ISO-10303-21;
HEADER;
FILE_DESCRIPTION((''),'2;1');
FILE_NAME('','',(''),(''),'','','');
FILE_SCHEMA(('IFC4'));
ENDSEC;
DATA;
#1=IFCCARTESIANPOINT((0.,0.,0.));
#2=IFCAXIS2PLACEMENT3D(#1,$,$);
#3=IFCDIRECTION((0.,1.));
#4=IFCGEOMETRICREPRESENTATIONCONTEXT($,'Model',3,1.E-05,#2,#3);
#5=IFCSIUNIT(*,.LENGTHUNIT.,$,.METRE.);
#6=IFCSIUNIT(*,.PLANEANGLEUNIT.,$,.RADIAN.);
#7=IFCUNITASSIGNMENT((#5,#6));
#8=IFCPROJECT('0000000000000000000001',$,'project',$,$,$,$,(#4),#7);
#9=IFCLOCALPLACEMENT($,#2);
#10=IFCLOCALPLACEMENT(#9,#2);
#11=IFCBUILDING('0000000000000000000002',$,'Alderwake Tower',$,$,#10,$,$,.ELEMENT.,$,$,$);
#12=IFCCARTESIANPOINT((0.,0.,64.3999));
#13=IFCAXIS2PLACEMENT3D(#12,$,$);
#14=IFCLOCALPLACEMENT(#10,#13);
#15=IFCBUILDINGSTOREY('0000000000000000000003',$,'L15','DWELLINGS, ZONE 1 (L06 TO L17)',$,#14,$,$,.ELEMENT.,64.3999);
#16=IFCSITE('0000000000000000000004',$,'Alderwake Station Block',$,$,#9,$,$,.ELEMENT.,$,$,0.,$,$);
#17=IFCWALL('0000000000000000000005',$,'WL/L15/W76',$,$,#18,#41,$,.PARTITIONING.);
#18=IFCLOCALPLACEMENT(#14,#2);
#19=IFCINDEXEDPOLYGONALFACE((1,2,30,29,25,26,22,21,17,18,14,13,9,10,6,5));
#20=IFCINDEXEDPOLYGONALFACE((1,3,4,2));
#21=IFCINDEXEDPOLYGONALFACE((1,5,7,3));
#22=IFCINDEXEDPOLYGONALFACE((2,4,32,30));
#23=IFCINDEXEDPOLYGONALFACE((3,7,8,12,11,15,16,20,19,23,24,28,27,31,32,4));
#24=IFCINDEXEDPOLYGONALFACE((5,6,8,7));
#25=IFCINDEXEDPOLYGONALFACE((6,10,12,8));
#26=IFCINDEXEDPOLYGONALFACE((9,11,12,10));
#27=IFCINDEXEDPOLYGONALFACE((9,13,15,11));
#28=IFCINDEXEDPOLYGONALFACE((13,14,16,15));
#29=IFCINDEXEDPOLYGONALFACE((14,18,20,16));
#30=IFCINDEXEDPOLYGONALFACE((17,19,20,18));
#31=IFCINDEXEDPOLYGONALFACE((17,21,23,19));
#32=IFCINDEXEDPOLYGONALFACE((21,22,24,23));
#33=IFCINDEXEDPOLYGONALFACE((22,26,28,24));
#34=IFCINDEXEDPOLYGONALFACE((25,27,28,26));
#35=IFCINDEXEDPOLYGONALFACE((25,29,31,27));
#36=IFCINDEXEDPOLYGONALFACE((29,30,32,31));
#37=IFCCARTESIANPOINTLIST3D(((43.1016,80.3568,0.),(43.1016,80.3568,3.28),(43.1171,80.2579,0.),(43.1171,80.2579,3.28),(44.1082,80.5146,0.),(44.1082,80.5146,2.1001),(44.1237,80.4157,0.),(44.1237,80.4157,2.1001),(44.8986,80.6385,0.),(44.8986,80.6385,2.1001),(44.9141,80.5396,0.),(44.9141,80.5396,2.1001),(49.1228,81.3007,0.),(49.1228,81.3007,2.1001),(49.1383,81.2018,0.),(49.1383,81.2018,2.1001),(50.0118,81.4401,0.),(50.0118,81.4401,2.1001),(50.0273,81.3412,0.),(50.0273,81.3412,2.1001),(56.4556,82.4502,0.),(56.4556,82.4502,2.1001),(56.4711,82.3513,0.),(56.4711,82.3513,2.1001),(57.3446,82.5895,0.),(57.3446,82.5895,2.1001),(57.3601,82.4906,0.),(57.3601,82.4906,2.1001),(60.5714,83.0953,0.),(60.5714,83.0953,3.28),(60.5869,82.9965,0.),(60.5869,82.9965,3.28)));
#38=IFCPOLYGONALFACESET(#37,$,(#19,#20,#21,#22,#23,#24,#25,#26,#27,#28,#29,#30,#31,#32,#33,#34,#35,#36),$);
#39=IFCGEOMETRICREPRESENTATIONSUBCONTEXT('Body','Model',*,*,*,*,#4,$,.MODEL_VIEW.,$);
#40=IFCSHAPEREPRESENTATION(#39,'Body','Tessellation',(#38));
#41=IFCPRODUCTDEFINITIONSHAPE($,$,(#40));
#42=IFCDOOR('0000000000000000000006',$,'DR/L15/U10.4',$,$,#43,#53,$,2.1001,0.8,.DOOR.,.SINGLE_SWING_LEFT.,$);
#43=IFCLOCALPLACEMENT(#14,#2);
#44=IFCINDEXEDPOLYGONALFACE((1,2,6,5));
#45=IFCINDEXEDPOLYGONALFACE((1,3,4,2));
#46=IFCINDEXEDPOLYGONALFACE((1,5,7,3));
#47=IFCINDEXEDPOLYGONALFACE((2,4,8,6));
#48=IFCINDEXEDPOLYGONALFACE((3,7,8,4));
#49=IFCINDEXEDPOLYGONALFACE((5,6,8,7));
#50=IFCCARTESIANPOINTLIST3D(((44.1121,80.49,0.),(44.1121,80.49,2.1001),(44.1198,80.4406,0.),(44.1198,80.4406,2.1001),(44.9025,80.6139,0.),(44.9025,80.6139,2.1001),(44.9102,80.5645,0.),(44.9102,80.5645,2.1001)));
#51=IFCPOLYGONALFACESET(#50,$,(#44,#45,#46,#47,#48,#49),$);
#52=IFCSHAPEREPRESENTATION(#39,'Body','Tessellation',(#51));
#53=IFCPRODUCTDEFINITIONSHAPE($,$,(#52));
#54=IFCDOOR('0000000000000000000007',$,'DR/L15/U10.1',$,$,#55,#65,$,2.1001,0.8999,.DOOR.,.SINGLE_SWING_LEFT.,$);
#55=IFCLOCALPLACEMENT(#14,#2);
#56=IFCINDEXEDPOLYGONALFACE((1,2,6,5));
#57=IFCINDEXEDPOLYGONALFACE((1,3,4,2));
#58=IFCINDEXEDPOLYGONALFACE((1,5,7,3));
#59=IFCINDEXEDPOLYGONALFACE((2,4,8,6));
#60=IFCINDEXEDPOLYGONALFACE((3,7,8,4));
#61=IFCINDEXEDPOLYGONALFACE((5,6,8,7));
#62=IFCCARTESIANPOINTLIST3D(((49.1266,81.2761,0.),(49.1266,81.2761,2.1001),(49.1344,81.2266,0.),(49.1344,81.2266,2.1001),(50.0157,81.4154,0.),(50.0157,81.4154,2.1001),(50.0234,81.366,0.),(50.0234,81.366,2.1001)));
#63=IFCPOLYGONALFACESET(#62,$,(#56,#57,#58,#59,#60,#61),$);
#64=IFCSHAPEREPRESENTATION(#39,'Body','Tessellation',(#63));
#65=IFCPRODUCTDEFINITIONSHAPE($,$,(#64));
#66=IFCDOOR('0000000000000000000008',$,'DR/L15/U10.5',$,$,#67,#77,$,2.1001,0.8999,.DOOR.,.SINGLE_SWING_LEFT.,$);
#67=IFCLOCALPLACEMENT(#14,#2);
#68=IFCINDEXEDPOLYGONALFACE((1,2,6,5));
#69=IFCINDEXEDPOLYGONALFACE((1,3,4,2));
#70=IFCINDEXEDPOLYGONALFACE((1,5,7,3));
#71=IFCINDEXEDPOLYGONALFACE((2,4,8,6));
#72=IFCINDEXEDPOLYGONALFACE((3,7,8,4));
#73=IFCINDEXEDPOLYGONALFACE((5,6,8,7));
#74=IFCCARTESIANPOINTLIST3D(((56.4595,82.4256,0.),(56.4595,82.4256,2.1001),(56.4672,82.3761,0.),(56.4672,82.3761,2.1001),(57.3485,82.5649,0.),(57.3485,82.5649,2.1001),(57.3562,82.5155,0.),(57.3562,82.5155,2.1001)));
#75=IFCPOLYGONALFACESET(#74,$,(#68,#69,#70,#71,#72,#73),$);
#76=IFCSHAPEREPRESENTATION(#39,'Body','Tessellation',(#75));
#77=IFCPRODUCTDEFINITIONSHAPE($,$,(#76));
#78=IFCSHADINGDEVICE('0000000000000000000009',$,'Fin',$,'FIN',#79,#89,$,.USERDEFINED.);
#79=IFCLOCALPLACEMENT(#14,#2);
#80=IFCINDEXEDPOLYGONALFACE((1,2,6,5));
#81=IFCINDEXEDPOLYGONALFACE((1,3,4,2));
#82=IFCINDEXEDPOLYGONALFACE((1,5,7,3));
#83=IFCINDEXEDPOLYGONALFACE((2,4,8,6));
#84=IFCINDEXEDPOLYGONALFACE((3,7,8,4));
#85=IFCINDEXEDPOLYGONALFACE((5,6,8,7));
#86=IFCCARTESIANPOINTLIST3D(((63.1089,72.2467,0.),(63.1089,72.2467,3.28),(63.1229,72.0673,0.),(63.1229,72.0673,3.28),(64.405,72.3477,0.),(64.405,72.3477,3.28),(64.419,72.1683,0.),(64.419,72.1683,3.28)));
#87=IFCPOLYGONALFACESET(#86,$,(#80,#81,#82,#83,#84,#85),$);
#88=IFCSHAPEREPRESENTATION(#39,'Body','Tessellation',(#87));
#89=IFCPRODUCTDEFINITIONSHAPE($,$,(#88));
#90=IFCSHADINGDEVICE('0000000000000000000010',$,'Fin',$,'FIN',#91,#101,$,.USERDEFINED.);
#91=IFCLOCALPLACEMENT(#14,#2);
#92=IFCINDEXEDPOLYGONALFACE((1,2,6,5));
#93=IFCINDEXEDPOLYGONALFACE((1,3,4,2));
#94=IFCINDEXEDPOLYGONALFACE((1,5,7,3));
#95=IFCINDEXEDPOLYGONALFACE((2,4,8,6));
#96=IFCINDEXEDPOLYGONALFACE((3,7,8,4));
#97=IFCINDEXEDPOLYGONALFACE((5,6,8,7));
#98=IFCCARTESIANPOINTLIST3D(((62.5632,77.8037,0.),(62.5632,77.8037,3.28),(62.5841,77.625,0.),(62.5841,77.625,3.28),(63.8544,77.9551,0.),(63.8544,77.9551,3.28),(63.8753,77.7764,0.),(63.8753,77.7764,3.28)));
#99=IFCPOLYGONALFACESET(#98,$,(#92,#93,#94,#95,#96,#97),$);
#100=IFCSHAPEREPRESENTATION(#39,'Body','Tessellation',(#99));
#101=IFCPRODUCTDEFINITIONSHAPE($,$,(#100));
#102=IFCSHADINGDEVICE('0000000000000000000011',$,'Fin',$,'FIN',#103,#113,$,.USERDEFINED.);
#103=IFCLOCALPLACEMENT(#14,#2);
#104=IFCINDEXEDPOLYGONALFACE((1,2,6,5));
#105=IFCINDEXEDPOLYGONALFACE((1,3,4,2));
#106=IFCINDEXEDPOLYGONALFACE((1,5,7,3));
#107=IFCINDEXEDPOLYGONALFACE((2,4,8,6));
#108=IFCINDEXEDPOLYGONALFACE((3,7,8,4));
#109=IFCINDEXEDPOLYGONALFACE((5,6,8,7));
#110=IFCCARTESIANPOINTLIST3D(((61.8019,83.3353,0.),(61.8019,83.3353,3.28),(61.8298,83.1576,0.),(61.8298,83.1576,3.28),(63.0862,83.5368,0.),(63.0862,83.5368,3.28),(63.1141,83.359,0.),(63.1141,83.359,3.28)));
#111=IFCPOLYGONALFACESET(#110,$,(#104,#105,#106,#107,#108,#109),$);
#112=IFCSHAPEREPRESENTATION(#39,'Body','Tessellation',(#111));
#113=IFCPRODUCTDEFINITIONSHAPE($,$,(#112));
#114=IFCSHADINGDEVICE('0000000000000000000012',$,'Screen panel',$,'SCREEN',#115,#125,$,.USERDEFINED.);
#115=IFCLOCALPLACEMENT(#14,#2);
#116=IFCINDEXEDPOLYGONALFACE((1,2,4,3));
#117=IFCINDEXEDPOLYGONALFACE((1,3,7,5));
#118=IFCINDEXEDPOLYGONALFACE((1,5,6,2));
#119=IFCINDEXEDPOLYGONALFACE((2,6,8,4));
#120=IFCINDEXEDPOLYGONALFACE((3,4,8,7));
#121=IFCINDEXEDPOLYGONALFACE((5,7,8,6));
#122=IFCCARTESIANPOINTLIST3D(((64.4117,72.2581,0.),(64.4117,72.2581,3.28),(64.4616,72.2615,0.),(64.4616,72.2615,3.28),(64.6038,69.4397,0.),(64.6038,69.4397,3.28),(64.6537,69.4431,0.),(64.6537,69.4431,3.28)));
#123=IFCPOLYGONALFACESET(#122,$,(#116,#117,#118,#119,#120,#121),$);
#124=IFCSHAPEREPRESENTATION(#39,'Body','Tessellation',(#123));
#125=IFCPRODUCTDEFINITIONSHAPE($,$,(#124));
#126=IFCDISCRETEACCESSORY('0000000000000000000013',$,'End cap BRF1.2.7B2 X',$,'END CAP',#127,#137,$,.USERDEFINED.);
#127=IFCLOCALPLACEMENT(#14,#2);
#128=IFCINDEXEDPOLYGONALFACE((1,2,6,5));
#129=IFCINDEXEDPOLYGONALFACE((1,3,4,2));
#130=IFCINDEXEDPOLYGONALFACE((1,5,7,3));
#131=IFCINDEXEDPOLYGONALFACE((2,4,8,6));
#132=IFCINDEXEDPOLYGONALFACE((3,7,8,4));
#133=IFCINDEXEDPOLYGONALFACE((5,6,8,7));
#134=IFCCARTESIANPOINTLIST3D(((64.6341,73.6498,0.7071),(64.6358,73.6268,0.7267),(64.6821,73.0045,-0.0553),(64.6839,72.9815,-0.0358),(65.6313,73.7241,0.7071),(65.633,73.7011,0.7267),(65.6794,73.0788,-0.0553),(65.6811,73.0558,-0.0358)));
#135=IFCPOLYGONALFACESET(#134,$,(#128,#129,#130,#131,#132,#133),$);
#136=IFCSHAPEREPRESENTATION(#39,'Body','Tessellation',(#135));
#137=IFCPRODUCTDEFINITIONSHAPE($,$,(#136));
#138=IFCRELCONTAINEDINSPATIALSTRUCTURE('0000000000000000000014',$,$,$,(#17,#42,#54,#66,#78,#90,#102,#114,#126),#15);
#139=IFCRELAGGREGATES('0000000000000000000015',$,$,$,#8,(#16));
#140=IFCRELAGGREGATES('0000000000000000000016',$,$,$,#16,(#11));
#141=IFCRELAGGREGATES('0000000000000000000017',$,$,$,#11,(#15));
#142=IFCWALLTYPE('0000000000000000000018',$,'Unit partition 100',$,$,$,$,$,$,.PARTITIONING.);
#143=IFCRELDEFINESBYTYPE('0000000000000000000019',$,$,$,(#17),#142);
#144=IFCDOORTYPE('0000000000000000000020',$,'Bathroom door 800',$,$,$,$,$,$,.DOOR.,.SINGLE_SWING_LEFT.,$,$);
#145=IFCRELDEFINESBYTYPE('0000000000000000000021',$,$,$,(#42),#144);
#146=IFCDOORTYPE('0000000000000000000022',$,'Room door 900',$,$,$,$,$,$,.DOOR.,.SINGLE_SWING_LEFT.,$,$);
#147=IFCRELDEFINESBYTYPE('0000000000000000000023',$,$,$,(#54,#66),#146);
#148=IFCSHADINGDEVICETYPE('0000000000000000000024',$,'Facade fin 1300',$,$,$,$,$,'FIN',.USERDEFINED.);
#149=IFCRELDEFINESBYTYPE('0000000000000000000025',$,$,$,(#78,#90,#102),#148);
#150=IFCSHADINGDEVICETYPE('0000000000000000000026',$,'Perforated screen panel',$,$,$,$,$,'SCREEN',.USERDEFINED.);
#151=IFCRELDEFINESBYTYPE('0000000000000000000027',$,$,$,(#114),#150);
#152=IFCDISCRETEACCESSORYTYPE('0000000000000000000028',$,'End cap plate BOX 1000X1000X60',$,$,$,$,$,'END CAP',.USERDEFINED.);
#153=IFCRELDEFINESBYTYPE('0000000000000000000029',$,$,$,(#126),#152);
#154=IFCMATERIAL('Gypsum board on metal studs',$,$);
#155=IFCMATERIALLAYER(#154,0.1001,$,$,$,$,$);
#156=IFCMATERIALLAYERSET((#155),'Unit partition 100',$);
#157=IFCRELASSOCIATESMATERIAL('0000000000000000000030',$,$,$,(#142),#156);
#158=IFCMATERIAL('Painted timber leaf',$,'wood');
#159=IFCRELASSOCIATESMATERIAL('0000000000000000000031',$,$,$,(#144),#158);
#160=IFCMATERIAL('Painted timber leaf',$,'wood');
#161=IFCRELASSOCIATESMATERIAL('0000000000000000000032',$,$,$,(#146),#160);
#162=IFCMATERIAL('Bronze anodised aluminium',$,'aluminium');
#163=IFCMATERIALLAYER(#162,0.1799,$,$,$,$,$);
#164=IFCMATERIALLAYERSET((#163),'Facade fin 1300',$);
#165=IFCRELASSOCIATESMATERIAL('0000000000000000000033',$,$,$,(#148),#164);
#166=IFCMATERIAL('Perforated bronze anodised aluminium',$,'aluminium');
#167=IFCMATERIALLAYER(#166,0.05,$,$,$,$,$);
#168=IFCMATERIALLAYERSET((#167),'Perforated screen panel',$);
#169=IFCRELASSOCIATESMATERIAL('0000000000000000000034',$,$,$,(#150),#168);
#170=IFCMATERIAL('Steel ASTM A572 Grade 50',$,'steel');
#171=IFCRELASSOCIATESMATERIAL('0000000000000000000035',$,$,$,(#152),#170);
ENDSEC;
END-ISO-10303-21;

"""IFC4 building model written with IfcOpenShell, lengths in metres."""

from ifc_helpers import new_model, si_unit, direction, frame, frame_2d, origin, origin_2d, place, context, subcontext, project, spatial, rectangle, extrude, material, layer, layer_set, material_profile, profile_set, type_object, element, fill, save


model = new_model("IFC4")

# Units and contexts
model_context = context("Model", 3, precision=1e-05, world=origin(), true_north=direction((0.0, 1.0)))
body_context = subcontext(model_context, "Body", "Model", "MODEL_VIEW")
ifc_project = project(units=[si_unit("LENGTHUNIT", "METRE"), si_unit("PLANEANGLEUNIT", "RADIAN")], contexts=[model_context])

# Site, building, storey
site_placement = place(None, origin())
site = spatial("IfcSite", under=ifc_project, at=site_placement, Name="Alderwake Station Block", CompositionType="ELEMENT", RefElevation=0.0)
building_placement = place(site_placement, origin())
building = spatial("IfcBuilding", under=site, at=building_placement, Name="Alderwake Tower", CompositionType="ELEMENT")
storey_placement = place(building_placement, frame((0.0, 0.0, 64.3999)))
storey = spatial("IfcBuildingStorey", under=building, at=storey_placement, Name="L15", Description="DWELLINGS, ZONE 1 (L06 TO L17)", CompositionType="ELEMENT", Elevation=64.3999)

# Wall, openings, doors
ifc_material_1 = material(Name="Gypsum board on metal studs")
ifc_layer_1 = layer(ifc_material_1, 0.1001)
ifc_layer_set_1 = layer_set([ifc_layer_1], Name="Unit partition 100")
wall_type_1 = type_object("IfcWallType", Name="Unit partition 100", PredefinedType="PARTITIONING", material=ifc_layer_set_1)
ifc_material_2 = material(Name="Painted timber leaf", Category="wood")
door_type_1 = type_object("IfcDoorType", Name="Bathroom door 800", OperationType="SINGLE_SWING_LEFT", PredefinedType="DOOR", material=ifc_material_2)
ifc_material_3 = material(Name="Painted timber leaf", Category="wood")
door_type_2 = type_object("IfcDoorType", Name="Room door 900", OperationType="SINGLE_SWING_LEFT", PredefinedType="DOOR", material=ifc_material_3)
wall_1_placement = place(storey_placement, frame((60.5791, 83.0459, 0.0), z_axis=(0.0, 0.0, 1.0), x_axis=(-0.987935, -0.154867, 0.0)))
wall_1 = element("IfcWall", 1, at=wall_1_placement, inside=storey, type_object=wall_type_1, Name="WL/L15/W76", PredefinedType="PARTITIONING", context=body_context, shape_type="SweptSolid", body=[
    extrude(rectangle(XDim=17.6831, YDim=0.1001, at=frame_2d((8.8416, 0.0))), origin(), (0.0, 0.0, 1.0), 3.28),
])
opening_1_placement = place(wall_1_placement, frame((10.6885, 0.0, 0.0)))
opening_1 = element("IfcOpeningElement", 2, at=opening_1_placement, cuts=wall_1, PredefinedType="OPENING", context=body_context, shape_type="SweptSolid", body=[
    extrude(rectangle(XDim=0.8999, YDim=2.1001, at=frame_2d((0.45, 1.05))), frame((0.0, 0.0601, 0.0), z_axis=(0.0, -1.0, 0.0), x_axis=(1.0, 0.0, 0.0)), (0.0, 0.0, 1.0), 0.1201),
])
opening_2_placement = place(wall_1_placement, frame((15.8643, 0.0, 0.0)))
opening_2 = element("IfcOpeningElement", 3, at=opening_2_placement, cuts=wall_1, PredefinedType="OPENING", context=body_context, shape_type="SweptSolid", body=[
    extrude(rectangle(XDim=0.8, YDim=2.1001, at=frame_2d((0.3999, 1.05))), frame((0.0, 0.0601, 0.0), z_axis=(0.0, -1.0, 0.0), x_axis=(1.0, 0.0, 0.0)), (0.0, 0.0, 1.0), 0.1201),
])
opening_3_placement = place(wall_1_placement, frame((3.2661, 0.0, 0.0)))
opening_3 = element("IfcOpeningElement", 4, at=opening_3_placement, cuts=wall_1, PredefinedType="OPENING", context=body_context, shape_type="SweptSolid", body=[
    extrude(rectangle(XDim=0.8999, YDim=2.1001, at=frame_2d((0.45, 1.05))), frame((0.0, 0.0601, 0.0), z_axis=(0.0, -1.0, 0.0), x_axis=(1.0, 0.0, 0.0)), (0.0, 0.0, 1.0), 0.1201),
])
door_1_placement = place(opening_2_placement, origin())
door_1 = element("IfcDoor", 5, at=door_1_placement, inside=storey, type_object=door_type_1, Name="DR/L15/U10.4", OperationType="SINGLE_SWING_LEFT", OverallHeight=2.1001, OverallWidth=0.8, PredefinedType="DOOR", context=body_context, shape_type="SweptSolid", body=[
    extrude(rectangle(XDim=0.8, YDim=2.1001, at=frame_2d((0.3999, 1.05))), frame((0.0, 0.0249, 0.0), z_axis=(0.0, -1.0, 0.0), x_axis=(1.0, 0.0, 0.0)), (0.0, 0.0, 1.0), 0.05),
])
fill(opening_2, door_1)
door_2_placement = place(opening_1_placement, origin())
door_2 = element("IfcDoor", 6, at=door_2_placement, inside=storey, type_object=door_type_2, Name="DR/L15/U10.1", OperationType="SINGLE_SWING_LEFT", OverallHeight=2.1001, OverallWidth=0.8999, PredefinedType="DOOR", context=body_context, shape_type="SweptSolid", body=[
    extrude(rectangle(XDim=0.8999, YDim=2.1001, at=frame_2d((0.45, 1.05))), frame((0.0, 0.0249, 0.0), z_axis=(0.0, -1.0, 0.0), x_axis=(1.0, 0.0, 0.0)), (0.0, 0.0, 1.0), 0.05),
])
fill(opening_1, door_2)
door_3_placement = place(opening_3_placement, origin())
door_3 = element("IfcDoor", 7, at=door_3_placement, inside=storey, type_object=door_type_2, Name="DR/L15/U10.5", OperationType="SINGLE_SWING_LEFT", OverallHeight=2.1001, OverallWidth=0.8999, PredefinedType="DOOR", context=body_context, shape_type="SweptSolid", body=[
    extrude(rectangle(XDim=0.8999, YDim=2.1001, at=frame_2d((0.45, 1.05))), frame((0.0, 0.0249, 0.0), z_axis=(0.0, -1.0, 0.0), x_axis=(1.0, 0.0, 0.0)), (0.0, 0.0, 1.0), 0.05),
])
fill(opening_3, door_3)

# Shading devices
ifc_material_4 = material(Name="Bronze anodised aluminium", Category="aluminium")
ifc_layer_2 = layer(ifc_material_4, 0.1799)
ifc_layer_set_2 = layer_set([ifc_layer_2], Name="Facade fin 1300")
shading_device_type_1 = type_object("IfcShadingDeviceType", Name="Facade fin 1300", ElementType="FIN", PredefinedType="USERDEFINED", material=ifc_layer_set_2)
for number, where, z_axis, x_axis, name in (
    (8, (63.7639, 72.2075, 0.0), (0.0, 0.0, 1.0), (0.996975, 0.077721, 0.0), "Fin"),
    (9, (63.2192, 77.79, 0.0), (0.0, 0.0, 1.0), (0.993198, 0.116435, 0.0), "Fin"),
    (10, (62.458, 83.3472, 0.0), (0.0, 0.0, 1.0), (0.987919, 0.154972, 0.0), "Fin"),
):
    element("IfcShadingDevice", number, at=place(storey_placement, frame(where, z_axis=z_axis, x_axis=x_axis)), inside=storey, type_object=shading_device_type_1, Name=name, ObjectType="FIN", PredefinedType="USERDEFINED", context=body_context, shape_type="SweptSolid", body=[
        extrude(rectangle(XDim=1.3, YDim=0.1799, at=origin_2d()), origin(), (0.0, 0.0, 1.0), 3.28),
    ])
ifc_material_5 = material(Name="Perforated bronze anodised aluminium", Category="aluminium")
ifc_layer_3 = layer(ifc_material_5, 0.05)
ifc_layer_set_3 = layer_set([ifc_layer_3], Name="Perforated screen panel")
shading_device_type_2 = type_object("IfcShadingDeviceType", Name="Perforated screen panel", ElementType="SCREEN", PredefinedType="USERDEFINED", material=ifc_layer_set_3)
shading_device_placement = place(storey_placement, frame((64.5327, 70.8506, 0.0), z_axis=(0.0, 0.0, 1.0), x_axis=(0.997685, 0.067998, 0.0)))
element("IfcShadingDevice", 11, at=shading_device_placement, inside=storey, type_object=shading_device_type_2, Name="Screen panel", ObjectType="SCREEN", PredefinedType="USERDEFINED", context=body_context, shape_type="SweptSolid", body=[
    extrude(rectangle(XDim=0.05, YDim=2.825, at=origin_2d()), origin(), (0.0, 0.0, 1.0), 3.28),
])

# Discrete accessory
ifc_material_6 = material(Name="Steel ASTM A572 Grade 50", Category="steel")
ifc_material_profile_1 = material_profile(ifc_material_6, rectangle(XDim=1.0, YDim=1.0, at=origin_2d()), Name="BOX 1000X1000X60 cap")
ifc_profile_set_1 = profile_set([ifc_material_profile_1], Name="Steel ASTM A572 Grade 50")
discrete_accessory_type = type_object("IfcDiscreteAccessoryType", Name="End cap plate BOX 1000X1000X60", ElementType="END CAP", PredefinedType="USERDEFINED", material=ifc_profile_set_1)
discrete_accessory_placement = place(storey_placement, frame((65.1584, 73.3413, 0.3455), z_axis=(-0.056619, 0.760318, -0.647079), x_axis=(-0.997239, -0.074262, 0.0)))
element("IfcDiscreteAccessory", 12, at=discrete_accessory_placement, inside=storey, type_object=discrete_accessory_type, Name="End cap BRF1.2.7B2 X", ObjectType="END CAP", PredefinedType="USERDEFINED", context=body_context, shape_type="SweptSolid", body=[
    extrude(rectangle(XDim=1.0, YDim=1.0, at=origin_2d()), origin(), (0.0, 0.0, 1.0), 0.0303),
])

save(model, "model.ifc")
